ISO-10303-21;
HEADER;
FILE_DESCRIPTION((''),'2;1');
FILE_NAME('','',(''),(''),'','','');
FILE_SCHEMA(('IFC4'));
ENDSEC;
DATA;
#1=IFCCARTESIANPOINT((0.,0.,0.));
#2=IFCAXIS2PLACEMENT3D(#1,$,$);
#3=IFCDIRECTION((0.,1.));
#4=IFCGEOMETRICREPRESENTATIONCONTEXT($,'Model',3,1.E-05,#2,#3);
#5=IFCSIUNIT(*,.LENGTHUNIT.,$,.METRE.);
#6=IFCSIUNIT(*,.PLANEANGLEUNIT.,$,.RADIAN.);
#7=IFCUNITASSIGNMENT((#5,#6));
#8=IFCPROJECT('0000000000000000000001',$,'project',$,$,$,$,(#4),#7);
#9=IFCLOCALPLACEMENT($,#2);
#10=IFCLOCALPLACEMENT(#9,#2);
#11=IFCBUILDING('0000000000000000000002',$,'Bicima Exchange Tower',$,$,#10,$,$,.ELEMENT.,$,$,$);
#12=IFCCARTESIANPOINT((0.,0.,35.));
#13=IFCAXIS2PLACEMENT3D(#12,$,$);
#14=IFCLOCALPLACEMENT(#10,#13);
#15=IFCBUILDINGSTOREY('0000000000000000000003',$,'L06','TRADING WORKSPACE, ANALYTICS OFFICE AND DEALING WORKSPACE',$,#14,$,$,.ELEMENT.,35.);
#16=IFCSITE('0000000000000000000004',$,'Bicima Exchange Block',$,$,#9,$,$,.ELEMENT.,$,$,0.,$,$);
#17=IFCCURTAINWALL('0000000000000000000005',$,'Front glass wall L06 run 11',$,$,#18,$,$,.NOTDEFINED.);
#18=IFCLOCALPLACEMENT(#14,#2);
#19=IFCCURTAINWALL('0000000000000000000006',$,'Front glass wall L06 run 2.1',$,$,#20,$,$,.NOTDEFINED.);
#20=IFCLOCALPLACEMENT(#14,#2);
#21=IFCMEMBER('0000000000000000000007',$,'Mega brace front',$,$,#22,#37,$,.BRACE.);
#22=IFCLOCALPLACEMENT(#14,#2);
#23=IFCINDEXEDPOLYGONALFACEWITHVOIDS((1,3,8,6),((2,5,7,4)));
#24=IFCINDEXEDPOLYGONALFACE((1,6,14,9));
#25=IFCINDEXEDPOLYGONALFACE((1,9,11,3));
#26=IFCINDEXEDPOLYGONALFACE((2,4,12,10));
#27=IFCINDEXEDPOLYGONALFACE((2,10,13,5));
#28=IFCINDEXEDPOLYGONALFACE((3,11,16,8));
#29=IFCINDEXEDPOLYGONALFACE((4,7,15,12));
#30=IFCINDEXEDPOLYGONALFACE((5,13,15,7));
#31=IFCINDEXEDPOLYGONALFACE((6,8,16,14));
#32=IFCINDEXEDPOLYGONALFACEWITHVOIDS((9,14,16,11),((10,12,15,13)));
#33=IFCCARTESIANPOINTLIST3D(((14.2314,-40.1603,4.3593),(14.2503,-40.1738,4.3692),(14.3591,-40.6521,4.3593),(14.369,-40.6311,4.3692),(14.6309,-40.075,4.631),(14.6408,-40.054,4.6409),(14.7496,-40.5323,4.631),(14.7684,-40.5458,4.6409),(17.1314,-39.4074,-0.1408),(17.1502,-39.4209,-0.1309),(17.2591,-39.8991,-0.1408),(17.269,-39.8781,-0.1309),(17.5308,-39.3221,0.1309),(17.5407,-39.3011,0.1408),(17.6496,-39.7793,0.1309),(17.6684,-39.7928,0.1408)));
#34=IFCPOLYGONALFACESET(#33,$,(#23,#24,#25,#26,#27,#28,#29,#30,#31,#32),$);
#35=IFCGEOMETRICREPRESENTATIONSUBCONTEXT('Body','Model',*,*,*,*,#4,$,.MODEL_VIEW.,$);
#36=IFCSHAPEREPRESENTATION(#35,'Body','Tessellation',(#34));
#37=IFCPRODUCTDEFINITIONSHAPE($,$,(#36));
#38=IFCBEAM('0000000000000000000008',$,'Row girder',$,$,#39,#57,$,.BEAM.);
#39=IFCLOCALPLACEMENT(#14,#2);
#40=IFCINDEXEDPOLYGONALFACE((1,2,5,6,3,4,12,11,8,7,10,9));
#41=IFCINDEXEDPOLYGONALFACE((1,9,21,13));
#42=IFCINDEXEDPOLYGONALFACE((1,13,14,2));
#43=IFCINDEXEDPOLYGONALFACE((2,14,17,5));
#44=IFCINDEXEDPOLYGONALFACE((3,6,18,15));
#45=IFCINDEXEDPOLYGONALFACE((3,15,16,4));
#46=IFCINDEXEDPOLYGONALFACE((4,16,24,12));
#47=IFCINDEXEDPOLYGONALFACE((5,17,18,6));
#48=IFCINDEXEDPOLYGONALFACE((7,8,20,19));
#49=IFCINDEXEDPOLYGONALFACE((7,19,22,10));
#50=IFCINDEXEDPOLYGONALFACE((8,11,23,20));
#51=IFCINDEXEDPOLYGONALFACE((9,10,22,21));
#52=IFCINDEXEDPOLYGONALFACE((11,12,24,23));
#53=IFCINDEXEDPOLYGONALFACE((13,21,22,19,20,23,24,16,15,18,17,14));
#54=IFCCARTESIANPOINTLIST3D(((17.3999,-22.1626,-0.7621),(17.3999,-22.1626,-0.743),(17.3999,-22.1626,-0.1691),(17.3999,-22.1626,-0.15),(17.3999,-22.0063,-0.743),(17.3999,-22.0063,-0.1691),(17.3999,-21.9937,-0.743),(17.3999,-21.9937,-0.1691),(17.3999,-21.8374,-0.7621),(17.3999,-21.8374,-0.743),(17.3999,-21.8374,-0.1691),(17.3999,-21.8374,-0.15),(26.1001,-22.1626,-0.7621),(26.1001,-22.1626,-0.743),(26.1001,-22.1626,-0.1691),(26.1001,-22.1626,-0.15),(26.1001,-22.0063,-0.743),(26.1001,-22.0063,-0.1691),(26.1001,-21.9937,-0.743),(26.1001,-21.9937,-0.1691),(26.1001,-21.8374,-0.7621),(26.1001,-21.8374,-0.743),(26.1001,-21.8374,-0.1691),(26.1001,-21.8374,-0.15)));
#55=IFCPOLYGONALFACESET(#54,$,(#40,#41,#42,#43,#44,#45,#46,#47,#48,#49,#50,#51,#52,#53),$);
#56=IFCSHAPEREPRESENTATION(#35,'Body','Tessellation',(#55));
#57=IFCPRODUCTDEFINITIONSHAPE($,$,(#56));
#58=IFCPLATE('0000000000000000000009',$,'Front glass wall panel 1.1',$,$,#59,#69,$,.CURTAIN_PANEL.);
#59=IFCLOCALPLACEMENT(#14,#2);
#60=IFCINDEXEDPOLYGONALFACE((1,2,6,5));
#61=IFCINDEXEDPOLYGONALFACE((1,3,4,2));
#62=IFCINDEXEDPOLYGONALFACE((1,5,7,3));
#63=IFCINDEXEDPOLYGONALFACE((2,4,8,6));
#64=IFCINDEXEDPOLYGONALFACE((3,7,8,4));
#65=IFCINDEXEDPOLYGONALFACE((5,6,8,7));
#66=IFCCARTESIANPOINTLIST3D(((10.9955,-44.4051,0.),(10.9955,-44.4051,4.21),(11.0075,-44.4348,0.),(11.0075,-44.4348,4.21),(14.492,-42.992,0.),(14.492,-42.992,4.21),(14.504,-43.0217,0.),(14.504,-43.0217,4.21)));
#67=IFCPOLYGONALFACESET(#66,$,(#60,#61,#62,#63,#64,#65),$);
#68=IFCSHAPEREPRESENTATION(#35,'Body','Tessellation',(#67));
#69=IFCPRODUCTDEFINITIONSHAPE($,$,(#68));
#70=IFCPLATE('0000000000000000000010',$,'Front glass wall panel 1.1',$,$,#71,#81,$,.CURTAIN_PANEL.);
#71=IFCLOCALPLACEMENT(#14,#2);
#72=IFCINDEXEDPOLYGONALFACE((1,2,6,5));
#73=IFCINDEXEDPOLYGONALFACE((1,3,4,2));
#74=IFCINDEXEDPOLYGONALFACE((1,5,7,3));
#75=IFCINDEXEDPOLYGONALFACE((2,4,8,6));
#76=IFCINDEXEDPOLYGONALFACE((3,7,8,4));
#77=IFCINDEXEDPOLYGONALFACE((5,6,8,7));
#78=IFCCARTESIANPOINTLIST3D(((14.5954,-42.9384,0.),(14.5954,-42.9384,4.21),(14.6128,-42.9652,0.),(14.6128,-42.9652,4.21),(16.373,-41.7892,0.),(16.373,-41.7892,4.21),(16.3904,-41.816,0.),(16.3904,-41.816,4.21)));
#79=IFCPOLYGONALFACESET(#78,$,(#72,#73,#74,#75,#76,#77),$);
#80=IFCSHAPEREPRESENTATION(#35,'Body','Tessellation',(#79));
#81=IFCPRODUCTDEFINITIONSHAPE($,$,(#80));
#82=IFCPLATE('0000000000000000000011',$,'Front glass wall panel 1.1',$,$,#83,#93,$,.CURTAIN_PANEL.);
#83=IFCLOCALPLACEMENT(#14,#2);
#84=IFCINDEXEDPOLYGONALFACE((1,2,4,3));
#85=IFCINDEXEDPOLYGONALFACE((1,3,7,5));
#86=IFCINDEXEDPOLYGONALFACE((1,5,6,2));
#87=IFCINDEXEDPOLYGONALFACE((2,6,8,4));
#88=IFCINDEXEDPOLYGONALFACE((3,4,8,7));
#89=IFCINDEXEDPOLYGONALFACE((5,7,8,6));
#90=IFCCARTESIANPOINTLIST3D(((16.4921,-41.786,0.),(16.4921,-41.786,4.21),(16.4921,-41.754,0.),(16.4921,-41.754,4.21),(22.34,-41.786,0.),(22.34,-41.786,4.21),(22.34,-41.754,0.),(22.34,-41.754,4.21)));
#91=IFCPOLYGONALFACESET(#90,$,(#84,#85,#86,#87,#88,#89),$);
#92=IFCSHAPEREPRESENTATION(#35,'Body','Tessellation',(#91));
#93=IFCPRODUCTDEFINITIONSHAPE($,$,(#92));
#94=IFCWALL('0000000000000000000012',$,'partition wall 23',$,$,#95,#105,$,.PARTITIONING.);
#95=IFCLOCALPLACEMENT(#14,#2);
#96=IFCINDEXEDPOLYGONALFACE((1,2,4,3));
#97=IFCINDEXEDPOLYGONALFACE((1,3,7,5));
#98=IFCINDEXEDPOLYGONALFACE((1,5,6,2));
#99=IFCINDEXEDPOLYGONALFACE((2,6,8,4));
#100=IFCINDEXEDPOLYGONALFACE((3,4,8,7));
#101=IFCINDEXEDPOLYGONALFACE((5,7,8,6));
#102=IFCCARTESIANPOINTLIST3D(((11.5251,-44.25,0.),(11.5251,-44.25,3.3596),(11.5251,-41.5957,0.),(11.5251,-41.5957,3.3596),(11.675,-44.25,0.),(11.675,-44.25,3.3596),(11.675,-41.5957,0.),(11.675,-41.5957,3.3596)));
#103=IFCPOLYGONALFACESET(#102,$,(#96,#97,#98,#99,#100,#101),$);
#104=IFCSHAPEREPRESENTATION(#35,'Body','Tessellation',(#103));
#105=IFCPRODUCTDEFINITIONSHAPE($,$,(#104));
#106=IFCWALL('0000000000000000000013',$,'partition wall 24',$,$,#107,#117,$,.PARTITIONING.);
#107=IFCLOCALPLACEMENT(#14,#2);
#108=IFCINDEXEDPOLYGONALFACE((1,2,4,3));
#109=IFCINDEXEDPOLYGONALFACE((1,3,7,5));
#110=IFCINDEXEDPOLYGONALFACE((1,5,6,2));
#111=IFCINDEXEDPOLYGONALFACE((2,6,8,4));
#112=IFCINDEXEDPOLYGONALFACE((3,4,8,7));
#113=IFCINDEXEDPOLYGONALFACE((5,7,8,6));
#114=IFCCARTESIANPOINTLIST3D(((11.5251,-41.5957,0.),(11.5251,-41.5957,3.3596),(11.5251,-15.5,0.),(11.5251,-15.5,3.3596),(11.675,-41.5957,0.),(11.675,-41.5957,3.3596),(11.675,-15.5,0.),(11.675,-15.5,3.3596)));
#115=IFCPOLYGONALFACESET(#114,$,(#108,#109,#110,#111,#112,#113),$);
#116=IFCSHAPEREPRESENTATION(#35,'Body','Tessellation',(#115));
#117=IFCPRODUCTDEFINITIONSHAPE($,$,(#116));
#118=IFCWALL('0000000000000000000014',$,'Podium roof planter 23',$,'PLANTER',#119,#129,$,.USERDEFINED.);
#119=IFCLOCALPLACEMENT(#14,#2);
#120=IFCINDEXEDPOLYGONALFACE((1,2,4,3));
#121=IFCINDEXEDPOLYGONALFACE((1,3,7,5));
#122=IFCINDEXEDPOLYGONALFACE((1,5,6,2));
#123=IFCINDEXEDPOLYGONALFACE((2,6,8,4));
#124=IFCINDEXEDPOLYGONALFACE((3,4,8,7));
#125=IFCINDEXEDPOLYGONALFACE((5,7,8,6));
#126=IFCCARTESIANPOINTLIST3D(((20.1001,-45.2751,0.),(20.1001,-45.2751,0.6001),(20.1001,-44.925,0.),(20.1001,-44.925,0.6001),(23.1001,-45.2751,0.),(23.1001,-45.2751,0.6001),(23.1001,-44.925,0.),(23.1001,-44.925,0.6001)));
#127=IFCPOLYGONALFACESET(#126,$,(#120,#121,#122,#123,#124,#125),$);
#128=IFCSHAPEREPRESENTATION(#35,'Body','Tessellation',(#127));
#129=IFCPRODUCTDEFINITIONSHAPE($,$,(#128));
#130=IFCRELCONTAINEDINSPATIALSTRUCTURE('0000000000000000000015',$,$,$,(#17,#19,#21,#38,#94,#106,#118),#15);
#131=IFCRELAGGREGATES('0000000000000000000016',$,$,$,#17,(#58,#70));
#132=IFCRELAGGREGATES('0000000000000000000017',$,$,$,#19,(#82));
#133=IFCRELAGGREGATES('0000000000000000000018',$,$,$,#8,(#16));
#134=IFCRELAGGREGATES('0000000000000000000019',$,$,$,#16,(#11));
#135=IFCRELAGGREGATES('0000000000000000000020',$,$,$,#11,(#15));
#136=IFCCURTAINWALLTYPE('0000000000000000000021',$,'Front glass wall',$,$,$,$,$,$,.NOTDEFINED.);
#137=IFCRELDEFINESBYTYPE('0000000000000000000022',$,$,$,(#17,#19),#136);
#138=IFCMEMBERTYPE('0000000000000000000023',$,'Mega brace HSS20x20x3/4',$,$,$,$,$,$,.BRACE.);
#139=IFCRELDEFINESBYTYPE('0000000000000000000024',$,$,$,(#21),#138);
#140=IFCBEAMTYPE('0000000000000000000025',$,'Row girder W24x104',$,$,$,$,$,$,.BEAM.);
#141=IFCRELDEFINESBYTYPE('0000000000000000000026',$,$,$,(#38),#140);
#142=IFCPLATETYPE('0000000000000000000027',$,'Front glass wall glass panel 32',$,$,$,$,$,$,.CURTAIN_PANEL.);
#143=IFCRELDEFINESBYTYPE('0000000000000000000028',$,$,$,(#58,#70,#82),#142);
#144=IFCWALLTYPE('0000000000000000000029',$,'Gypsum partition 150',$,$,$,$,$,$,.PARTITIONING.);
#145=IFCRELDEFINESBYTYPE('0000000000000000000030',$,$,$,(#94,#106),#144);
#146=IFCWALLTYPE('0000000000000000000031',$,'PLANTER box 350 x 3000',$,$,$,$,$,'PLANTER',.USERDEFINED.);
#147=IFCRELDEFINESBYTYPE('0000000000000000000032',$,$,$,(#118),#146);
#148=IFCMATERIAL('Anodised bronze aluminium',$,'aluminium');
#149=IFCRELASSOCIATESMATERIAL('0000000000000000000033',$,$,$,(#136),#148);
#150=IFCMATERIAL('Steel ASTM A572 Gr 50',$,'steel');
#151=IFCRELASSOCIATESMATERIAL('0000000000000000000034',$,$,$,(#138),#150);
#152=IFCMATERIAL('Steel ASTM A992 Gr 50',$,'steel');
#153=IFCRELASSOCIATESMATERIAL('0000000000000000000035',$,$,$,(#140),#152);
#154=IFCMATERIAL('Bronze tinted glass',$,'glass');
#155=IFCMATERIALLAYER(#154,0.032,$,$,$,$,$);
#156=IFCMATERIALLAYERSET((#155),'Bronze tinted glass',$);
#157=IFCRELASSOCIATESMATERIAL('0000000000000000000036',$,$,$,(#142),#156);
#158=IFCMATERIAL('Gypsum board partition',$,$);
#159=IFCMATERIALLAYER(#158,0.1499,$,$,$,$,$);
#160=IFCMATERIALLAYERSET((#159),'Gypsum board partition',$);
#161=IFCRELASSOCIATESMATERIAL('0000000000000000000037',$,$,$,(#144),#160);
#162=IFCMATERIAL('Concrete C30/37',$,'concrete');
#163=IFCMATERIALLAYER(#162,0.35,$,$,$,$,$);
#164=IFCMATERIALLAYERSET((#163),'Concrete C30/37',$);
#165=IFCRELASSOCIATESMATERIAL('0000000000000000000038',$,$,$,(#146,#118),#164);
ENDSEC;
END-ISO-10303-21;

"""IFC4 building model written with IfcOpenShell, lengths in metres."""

from ifc_helpers import new_model, si_unit, direction, frame, frame_2d, origin, origin_2d, place, context, subcontext, project, spatial, rectangle, hollow_rectangle, i_section, extrude, material, layer, layer_set, layer_usage, material_profile, profile_set, type_object, element, aggregate, save


model = new_model("IFC4")

# Units and contexts
model_context = context("Model", 3, precision=1e-05, world=origin(), true_north=direction((0.0, 1.0)))
body_context = subcontext(model_context, "Body", "Model", "MODEL_VIEW")
ifc_project = project(units=[si_unit("LENGTHUNIT", "METRE"), si_unit("PLANEANGLEUNIT", "RADIAN")], contexts=[model_context])

# Site, building, storey
site_placement = place(None, origin())
site = spatial("IfcSite", under=ifc_project, at=site_placement, Name="Bicima Exchange Block", CompositionType="ELEMENT", RefElevation=0.0)
building_placement = place(site_placement, origin())
building = spatial("IfcBuilding", under=site, at=building_placement, Name="Bicima Exchange Tower", CompositionType="ELEMENT")
storey_placement = place(building_placement, frame((0.0, 0.0, 35.0)))
storey = spatial("IfcBuildingStorey", under=building, at=storey_placement, Name="L06", Description="TRADING WORKSPACE, ANALYTICS OFFICE AND DEALING WORKSPACE", CompositionType="ELEMENT", Elevation=35.0)

# Shared definitions
ifc_material_1 = material(Name="Steel ASTM A992 Gr 50", Category="steel")

# Shared definitions
ifc_material_2 = material(Name="Steel ASTM A572 Gr 50", Category="steel")

# Shared definitions
ifc_material_profile_1 = material_profile(ifc_material_1, i_section(OverallWidth=0.3252, OverallDepth=0.6121, WebThickness=0.0127, FlangeThickness=0.019, at=origin_2d()))
ifc_profile_set_1 = profile_set([ifc_material_profile_1], Name="Steel ASTM A992 Gr 50")

# Curtain walls
ifc_material_3 = material(Name="Anodised bronze aluminium", Category="aluminium")
curtain_wall_type = type_object("IfcCurtainWallType", Name="Front glass wall", PredefinedType="NOTDEFINED", material=ifc_material_3)
curtain_wall_1_placement = place(storey_placement, origin())
curtain_wall_1 = element("IfcCurtainWall", 1, at=curtain_wall_1_placement, inside=storey, type_object=curtain_wall_type, Name="Front glass wall L06 run 11", PredefinedType="NOTDEFINED")
curtain_wall_2_placement = place(storey_placement, origin())
curtain_wall_2 = element("IfcCurtainWall", 2, at=curtain_wall_2_placement, inside=storey, type_object=curtain_wall_type, Name="Front glass wall L06 run 2.1", PredefinedType="NOTDEFINED")

# Member
ifc_material_profile_2 = material_profile(ifc_material_2, hollow_rectangle(XDim=0.5081, YDim=0.5081, WallThickness=0.0178, at=origin_2d()))
ifc_profile_set_2 = profile_set([ifc_material_profile_2], Name="Steel ASTM A572 Gr 50")
member_type_1 = type_object("IfcMemberType", Name="Mega brace HSS20x20x3/4", PredefinedType="BRACE", material=ifc_profile_set_2)
member_1_placement = place(storey_placement, frame((17.3999, -39.6001, 0.0), z_axis=(-0.536409, -0.139273, 0.832387), x_axis=(0.251307, -0.967907, 0.0)))
element("IfcMember", 3, at=member_1_placement, inside=storey, type_object=member_type_1, Name="Mega brace front", PredefinedType="BRACE", context=body_context, shape_type="SweptSolid", body=[
    extrude(hollow_rectangle(XDim=0.5081, YDim=0.5081, WallThickness=0.0178, at=origin_2d()), origin(), (0.0, 0.0, 1.0), 5.4062),
])

# Beam
beam_type_1 = type_object("IfcBeamType", Name="Row girder W24x104", PredefinedType="BEAM", material=ifc_profile_set_1)
beam_1_placement = place(storey_placement, frame((17.3999, -22.0, -0.4561), z_axis=(1.0, 0.0, 0.0), x_axis=(0.0, 1.0, 0.0)))
element("IfcBeam", 4, at=beam_1_placement, inside=storey, type_object=beam_type_1, Name="Row girder", PredefinedType="BEAM", context=body_context, shape_type="SweptSolid", body=[
    extrude(i_section(OverallWidth=0.3252, OverallDepth=0.6121, WebThickness=0.0127, FlangeThickness=0.019, at=origin_2d()), origin(), (0.0, 0.0, 1.0), 8.7002),
])

# Plates
ifc_material_4 = material(Name="Bronze tinted glass", Category="glass")
ifc_layer_1 = layer(ifc_material_4, 0.032)
ifc_layer_set_1 = layer_set([ifc_layer_1], Name="Bronze tinted glass")
plate_type = type_object("IfcPlateType", Name="Front glass wall glass panel 32", PredefinedType="CURTAIN_PANEL", material=ifc_layer_set_1)
plate_1_placement = place(storey_placement, frame((12.7498, -43.7134, 0.0), z_axis=(0.0, 0.0, 1.0), x_axis=(0.927144, 0.374705, 0.0)))
plate_1 = element("IfcPlate", 5, at=plate_1_placement, type_object=plate_type, Name="Front glass wall panel 1.1", PredefinedType="CURTAIN_PANEL", context=body_context, shape_type="SweptSolid", body=[
    extrude(rectangle(XDim=3.7712, YDim=0.032, at=origin_2d()), origin(), (0.0, 0.0, 1.0), 4.21),
])
plate_2_placement = place(storey_placement, frame((15.4929, -42.3772, 0.0), z_axis=(0.0, 0.0, 1.0), x_axis=(0.839791, 0.542909, 0.0)))
plate_2 = element("IfcPlate", 6, at=plate_2_placement, type_object=plate_type, Name="Front glass wall panel 1.1", PredefinedType="CURTAIN_PANEL", context=body_context, shape_type="SweptSolid", body=[
    extrude(rectangle(XDim=2.1167, YDim=0.032, at=origin_2d()), origin(), (0.0, 0.0, 1.0), 4.21),
])
aggregate(curtain_wall_1, [plate_1, plate_2])
plate_3_placement = place(storey_placement, frame((19.416, -41.77, 0.0), z_axis=(0.0, 0.0, 1.0), x_axis=(1.0, 0.0, 0.0)))
plate_3 = element("IfcPlate", 7, at=plate_3_placement, type_object=plate_type, Name="Front glass wall panel 1.1", PredefinedType="CURTAIN_PANEL", context=body_context, shape_type="SweptSolid", body=[
    extrude(rectangle(XDim=5.8479, YDim=0.032, at=origin_2d()), origin(), (0.0, 0.0, 1.0), 4.21),
])
aggregate(curtain_wall_2, [plate_3])

# Walls
ifc_material_5 = material(Name="Gypsum board partition")
ifc_layer_2 = layer(ifc_material_5, 0.1499)
ifc_layer_set_2 = layer_set([ifc_layer_2], Name="Gypsum board partition")
wall_type_1 = type_object("IfcWallType", Name="Gypsum partition 150", PredefinedType="PARTITIONING", material=ifc_layer_set_2)
wall_1_placement = place(storey_placement, frame((11.6001, -44.25, 0.0), z_axis=(0.0, 0.0, 1.0), x_axis=(0.0, 1.0, 0.0)))
element("IfcWall", 8, at=wall_1_placement, inside=storey, type_object=wall_type_1, Name="partition wall 23", PredefinedType="PARTITIONING", context=body_context, shape_type="SweptSolid", body=[
    extrude(rectangle(XDim=2.6543, YDim=0.1499, at=frame_2d((1.3271, 0.0))), origin(), (0.0, 0.0, 1.0), 3.3596),
])
wall_2_placement = place(storey_placement, frame((11.6001, -41.5957, 0.0), z_axis=(0.0, 0.0, 1.0), x_axis=(0.0, 1.0, 0.0)))
element("IfcWall", 9, at=wall_2_placement, inside=storey, type_object=wall_type_1, Name="partition wall 24", PredefinedType="PARTITIONING", context=body_context, shape_type="SweptSolid", body=[
    extrude(rectangle(XDim=26.0957, YDim=0.1499, at=frame_2d((13.0479, 0.0))), origin(), (0.0, 0.0, 1.0), 3.3596),
])
ifc_material_6 = material(Name="Concrete C30/37", Category="concrete")
ifc_layer_3 = layer(ifc_material_6, 0.35)
ifc_layer_set_3 = layer_set([ifc_layer_3], Name="Concrete C30/37")
ifc_layer_usage_1 = layer_usage(ifc_layer_set_3, "AXIS2", "POSITIVE", -0.175)
wall_type_2 = type_object("IfcWallType", Name="PLANTER box 350 x 3000", ElementType="PLANTER", PredefinedType="USERDEFINED", material=ifc_layer_set_3)
wall_3_placement = place(storey_placement, frame((23.1001, -45.1001, 0.0), z_axis=(0.0, 0.0, 1.0), x_axis=(-1.0, 0.0, 0.0)))
element("IfcWall", 10, at=wall_3_placement, inside=storey, type_object=wall_type_2, material=ifc_layer_usage_1, Name="Podium roof planter 23", ObjectType="PLANTER", PredefinedType="USERDEFINED", context=body_context, shape_type="SweptSolid", body=[
    extrude(rectangle(XDim=3.0, YDim=0.3501, at=frame_2d((1.5, 0.0))), origin(), (0.0, 0.0, 1.0), 0.6001),
])

save(model, "model.ifc")
